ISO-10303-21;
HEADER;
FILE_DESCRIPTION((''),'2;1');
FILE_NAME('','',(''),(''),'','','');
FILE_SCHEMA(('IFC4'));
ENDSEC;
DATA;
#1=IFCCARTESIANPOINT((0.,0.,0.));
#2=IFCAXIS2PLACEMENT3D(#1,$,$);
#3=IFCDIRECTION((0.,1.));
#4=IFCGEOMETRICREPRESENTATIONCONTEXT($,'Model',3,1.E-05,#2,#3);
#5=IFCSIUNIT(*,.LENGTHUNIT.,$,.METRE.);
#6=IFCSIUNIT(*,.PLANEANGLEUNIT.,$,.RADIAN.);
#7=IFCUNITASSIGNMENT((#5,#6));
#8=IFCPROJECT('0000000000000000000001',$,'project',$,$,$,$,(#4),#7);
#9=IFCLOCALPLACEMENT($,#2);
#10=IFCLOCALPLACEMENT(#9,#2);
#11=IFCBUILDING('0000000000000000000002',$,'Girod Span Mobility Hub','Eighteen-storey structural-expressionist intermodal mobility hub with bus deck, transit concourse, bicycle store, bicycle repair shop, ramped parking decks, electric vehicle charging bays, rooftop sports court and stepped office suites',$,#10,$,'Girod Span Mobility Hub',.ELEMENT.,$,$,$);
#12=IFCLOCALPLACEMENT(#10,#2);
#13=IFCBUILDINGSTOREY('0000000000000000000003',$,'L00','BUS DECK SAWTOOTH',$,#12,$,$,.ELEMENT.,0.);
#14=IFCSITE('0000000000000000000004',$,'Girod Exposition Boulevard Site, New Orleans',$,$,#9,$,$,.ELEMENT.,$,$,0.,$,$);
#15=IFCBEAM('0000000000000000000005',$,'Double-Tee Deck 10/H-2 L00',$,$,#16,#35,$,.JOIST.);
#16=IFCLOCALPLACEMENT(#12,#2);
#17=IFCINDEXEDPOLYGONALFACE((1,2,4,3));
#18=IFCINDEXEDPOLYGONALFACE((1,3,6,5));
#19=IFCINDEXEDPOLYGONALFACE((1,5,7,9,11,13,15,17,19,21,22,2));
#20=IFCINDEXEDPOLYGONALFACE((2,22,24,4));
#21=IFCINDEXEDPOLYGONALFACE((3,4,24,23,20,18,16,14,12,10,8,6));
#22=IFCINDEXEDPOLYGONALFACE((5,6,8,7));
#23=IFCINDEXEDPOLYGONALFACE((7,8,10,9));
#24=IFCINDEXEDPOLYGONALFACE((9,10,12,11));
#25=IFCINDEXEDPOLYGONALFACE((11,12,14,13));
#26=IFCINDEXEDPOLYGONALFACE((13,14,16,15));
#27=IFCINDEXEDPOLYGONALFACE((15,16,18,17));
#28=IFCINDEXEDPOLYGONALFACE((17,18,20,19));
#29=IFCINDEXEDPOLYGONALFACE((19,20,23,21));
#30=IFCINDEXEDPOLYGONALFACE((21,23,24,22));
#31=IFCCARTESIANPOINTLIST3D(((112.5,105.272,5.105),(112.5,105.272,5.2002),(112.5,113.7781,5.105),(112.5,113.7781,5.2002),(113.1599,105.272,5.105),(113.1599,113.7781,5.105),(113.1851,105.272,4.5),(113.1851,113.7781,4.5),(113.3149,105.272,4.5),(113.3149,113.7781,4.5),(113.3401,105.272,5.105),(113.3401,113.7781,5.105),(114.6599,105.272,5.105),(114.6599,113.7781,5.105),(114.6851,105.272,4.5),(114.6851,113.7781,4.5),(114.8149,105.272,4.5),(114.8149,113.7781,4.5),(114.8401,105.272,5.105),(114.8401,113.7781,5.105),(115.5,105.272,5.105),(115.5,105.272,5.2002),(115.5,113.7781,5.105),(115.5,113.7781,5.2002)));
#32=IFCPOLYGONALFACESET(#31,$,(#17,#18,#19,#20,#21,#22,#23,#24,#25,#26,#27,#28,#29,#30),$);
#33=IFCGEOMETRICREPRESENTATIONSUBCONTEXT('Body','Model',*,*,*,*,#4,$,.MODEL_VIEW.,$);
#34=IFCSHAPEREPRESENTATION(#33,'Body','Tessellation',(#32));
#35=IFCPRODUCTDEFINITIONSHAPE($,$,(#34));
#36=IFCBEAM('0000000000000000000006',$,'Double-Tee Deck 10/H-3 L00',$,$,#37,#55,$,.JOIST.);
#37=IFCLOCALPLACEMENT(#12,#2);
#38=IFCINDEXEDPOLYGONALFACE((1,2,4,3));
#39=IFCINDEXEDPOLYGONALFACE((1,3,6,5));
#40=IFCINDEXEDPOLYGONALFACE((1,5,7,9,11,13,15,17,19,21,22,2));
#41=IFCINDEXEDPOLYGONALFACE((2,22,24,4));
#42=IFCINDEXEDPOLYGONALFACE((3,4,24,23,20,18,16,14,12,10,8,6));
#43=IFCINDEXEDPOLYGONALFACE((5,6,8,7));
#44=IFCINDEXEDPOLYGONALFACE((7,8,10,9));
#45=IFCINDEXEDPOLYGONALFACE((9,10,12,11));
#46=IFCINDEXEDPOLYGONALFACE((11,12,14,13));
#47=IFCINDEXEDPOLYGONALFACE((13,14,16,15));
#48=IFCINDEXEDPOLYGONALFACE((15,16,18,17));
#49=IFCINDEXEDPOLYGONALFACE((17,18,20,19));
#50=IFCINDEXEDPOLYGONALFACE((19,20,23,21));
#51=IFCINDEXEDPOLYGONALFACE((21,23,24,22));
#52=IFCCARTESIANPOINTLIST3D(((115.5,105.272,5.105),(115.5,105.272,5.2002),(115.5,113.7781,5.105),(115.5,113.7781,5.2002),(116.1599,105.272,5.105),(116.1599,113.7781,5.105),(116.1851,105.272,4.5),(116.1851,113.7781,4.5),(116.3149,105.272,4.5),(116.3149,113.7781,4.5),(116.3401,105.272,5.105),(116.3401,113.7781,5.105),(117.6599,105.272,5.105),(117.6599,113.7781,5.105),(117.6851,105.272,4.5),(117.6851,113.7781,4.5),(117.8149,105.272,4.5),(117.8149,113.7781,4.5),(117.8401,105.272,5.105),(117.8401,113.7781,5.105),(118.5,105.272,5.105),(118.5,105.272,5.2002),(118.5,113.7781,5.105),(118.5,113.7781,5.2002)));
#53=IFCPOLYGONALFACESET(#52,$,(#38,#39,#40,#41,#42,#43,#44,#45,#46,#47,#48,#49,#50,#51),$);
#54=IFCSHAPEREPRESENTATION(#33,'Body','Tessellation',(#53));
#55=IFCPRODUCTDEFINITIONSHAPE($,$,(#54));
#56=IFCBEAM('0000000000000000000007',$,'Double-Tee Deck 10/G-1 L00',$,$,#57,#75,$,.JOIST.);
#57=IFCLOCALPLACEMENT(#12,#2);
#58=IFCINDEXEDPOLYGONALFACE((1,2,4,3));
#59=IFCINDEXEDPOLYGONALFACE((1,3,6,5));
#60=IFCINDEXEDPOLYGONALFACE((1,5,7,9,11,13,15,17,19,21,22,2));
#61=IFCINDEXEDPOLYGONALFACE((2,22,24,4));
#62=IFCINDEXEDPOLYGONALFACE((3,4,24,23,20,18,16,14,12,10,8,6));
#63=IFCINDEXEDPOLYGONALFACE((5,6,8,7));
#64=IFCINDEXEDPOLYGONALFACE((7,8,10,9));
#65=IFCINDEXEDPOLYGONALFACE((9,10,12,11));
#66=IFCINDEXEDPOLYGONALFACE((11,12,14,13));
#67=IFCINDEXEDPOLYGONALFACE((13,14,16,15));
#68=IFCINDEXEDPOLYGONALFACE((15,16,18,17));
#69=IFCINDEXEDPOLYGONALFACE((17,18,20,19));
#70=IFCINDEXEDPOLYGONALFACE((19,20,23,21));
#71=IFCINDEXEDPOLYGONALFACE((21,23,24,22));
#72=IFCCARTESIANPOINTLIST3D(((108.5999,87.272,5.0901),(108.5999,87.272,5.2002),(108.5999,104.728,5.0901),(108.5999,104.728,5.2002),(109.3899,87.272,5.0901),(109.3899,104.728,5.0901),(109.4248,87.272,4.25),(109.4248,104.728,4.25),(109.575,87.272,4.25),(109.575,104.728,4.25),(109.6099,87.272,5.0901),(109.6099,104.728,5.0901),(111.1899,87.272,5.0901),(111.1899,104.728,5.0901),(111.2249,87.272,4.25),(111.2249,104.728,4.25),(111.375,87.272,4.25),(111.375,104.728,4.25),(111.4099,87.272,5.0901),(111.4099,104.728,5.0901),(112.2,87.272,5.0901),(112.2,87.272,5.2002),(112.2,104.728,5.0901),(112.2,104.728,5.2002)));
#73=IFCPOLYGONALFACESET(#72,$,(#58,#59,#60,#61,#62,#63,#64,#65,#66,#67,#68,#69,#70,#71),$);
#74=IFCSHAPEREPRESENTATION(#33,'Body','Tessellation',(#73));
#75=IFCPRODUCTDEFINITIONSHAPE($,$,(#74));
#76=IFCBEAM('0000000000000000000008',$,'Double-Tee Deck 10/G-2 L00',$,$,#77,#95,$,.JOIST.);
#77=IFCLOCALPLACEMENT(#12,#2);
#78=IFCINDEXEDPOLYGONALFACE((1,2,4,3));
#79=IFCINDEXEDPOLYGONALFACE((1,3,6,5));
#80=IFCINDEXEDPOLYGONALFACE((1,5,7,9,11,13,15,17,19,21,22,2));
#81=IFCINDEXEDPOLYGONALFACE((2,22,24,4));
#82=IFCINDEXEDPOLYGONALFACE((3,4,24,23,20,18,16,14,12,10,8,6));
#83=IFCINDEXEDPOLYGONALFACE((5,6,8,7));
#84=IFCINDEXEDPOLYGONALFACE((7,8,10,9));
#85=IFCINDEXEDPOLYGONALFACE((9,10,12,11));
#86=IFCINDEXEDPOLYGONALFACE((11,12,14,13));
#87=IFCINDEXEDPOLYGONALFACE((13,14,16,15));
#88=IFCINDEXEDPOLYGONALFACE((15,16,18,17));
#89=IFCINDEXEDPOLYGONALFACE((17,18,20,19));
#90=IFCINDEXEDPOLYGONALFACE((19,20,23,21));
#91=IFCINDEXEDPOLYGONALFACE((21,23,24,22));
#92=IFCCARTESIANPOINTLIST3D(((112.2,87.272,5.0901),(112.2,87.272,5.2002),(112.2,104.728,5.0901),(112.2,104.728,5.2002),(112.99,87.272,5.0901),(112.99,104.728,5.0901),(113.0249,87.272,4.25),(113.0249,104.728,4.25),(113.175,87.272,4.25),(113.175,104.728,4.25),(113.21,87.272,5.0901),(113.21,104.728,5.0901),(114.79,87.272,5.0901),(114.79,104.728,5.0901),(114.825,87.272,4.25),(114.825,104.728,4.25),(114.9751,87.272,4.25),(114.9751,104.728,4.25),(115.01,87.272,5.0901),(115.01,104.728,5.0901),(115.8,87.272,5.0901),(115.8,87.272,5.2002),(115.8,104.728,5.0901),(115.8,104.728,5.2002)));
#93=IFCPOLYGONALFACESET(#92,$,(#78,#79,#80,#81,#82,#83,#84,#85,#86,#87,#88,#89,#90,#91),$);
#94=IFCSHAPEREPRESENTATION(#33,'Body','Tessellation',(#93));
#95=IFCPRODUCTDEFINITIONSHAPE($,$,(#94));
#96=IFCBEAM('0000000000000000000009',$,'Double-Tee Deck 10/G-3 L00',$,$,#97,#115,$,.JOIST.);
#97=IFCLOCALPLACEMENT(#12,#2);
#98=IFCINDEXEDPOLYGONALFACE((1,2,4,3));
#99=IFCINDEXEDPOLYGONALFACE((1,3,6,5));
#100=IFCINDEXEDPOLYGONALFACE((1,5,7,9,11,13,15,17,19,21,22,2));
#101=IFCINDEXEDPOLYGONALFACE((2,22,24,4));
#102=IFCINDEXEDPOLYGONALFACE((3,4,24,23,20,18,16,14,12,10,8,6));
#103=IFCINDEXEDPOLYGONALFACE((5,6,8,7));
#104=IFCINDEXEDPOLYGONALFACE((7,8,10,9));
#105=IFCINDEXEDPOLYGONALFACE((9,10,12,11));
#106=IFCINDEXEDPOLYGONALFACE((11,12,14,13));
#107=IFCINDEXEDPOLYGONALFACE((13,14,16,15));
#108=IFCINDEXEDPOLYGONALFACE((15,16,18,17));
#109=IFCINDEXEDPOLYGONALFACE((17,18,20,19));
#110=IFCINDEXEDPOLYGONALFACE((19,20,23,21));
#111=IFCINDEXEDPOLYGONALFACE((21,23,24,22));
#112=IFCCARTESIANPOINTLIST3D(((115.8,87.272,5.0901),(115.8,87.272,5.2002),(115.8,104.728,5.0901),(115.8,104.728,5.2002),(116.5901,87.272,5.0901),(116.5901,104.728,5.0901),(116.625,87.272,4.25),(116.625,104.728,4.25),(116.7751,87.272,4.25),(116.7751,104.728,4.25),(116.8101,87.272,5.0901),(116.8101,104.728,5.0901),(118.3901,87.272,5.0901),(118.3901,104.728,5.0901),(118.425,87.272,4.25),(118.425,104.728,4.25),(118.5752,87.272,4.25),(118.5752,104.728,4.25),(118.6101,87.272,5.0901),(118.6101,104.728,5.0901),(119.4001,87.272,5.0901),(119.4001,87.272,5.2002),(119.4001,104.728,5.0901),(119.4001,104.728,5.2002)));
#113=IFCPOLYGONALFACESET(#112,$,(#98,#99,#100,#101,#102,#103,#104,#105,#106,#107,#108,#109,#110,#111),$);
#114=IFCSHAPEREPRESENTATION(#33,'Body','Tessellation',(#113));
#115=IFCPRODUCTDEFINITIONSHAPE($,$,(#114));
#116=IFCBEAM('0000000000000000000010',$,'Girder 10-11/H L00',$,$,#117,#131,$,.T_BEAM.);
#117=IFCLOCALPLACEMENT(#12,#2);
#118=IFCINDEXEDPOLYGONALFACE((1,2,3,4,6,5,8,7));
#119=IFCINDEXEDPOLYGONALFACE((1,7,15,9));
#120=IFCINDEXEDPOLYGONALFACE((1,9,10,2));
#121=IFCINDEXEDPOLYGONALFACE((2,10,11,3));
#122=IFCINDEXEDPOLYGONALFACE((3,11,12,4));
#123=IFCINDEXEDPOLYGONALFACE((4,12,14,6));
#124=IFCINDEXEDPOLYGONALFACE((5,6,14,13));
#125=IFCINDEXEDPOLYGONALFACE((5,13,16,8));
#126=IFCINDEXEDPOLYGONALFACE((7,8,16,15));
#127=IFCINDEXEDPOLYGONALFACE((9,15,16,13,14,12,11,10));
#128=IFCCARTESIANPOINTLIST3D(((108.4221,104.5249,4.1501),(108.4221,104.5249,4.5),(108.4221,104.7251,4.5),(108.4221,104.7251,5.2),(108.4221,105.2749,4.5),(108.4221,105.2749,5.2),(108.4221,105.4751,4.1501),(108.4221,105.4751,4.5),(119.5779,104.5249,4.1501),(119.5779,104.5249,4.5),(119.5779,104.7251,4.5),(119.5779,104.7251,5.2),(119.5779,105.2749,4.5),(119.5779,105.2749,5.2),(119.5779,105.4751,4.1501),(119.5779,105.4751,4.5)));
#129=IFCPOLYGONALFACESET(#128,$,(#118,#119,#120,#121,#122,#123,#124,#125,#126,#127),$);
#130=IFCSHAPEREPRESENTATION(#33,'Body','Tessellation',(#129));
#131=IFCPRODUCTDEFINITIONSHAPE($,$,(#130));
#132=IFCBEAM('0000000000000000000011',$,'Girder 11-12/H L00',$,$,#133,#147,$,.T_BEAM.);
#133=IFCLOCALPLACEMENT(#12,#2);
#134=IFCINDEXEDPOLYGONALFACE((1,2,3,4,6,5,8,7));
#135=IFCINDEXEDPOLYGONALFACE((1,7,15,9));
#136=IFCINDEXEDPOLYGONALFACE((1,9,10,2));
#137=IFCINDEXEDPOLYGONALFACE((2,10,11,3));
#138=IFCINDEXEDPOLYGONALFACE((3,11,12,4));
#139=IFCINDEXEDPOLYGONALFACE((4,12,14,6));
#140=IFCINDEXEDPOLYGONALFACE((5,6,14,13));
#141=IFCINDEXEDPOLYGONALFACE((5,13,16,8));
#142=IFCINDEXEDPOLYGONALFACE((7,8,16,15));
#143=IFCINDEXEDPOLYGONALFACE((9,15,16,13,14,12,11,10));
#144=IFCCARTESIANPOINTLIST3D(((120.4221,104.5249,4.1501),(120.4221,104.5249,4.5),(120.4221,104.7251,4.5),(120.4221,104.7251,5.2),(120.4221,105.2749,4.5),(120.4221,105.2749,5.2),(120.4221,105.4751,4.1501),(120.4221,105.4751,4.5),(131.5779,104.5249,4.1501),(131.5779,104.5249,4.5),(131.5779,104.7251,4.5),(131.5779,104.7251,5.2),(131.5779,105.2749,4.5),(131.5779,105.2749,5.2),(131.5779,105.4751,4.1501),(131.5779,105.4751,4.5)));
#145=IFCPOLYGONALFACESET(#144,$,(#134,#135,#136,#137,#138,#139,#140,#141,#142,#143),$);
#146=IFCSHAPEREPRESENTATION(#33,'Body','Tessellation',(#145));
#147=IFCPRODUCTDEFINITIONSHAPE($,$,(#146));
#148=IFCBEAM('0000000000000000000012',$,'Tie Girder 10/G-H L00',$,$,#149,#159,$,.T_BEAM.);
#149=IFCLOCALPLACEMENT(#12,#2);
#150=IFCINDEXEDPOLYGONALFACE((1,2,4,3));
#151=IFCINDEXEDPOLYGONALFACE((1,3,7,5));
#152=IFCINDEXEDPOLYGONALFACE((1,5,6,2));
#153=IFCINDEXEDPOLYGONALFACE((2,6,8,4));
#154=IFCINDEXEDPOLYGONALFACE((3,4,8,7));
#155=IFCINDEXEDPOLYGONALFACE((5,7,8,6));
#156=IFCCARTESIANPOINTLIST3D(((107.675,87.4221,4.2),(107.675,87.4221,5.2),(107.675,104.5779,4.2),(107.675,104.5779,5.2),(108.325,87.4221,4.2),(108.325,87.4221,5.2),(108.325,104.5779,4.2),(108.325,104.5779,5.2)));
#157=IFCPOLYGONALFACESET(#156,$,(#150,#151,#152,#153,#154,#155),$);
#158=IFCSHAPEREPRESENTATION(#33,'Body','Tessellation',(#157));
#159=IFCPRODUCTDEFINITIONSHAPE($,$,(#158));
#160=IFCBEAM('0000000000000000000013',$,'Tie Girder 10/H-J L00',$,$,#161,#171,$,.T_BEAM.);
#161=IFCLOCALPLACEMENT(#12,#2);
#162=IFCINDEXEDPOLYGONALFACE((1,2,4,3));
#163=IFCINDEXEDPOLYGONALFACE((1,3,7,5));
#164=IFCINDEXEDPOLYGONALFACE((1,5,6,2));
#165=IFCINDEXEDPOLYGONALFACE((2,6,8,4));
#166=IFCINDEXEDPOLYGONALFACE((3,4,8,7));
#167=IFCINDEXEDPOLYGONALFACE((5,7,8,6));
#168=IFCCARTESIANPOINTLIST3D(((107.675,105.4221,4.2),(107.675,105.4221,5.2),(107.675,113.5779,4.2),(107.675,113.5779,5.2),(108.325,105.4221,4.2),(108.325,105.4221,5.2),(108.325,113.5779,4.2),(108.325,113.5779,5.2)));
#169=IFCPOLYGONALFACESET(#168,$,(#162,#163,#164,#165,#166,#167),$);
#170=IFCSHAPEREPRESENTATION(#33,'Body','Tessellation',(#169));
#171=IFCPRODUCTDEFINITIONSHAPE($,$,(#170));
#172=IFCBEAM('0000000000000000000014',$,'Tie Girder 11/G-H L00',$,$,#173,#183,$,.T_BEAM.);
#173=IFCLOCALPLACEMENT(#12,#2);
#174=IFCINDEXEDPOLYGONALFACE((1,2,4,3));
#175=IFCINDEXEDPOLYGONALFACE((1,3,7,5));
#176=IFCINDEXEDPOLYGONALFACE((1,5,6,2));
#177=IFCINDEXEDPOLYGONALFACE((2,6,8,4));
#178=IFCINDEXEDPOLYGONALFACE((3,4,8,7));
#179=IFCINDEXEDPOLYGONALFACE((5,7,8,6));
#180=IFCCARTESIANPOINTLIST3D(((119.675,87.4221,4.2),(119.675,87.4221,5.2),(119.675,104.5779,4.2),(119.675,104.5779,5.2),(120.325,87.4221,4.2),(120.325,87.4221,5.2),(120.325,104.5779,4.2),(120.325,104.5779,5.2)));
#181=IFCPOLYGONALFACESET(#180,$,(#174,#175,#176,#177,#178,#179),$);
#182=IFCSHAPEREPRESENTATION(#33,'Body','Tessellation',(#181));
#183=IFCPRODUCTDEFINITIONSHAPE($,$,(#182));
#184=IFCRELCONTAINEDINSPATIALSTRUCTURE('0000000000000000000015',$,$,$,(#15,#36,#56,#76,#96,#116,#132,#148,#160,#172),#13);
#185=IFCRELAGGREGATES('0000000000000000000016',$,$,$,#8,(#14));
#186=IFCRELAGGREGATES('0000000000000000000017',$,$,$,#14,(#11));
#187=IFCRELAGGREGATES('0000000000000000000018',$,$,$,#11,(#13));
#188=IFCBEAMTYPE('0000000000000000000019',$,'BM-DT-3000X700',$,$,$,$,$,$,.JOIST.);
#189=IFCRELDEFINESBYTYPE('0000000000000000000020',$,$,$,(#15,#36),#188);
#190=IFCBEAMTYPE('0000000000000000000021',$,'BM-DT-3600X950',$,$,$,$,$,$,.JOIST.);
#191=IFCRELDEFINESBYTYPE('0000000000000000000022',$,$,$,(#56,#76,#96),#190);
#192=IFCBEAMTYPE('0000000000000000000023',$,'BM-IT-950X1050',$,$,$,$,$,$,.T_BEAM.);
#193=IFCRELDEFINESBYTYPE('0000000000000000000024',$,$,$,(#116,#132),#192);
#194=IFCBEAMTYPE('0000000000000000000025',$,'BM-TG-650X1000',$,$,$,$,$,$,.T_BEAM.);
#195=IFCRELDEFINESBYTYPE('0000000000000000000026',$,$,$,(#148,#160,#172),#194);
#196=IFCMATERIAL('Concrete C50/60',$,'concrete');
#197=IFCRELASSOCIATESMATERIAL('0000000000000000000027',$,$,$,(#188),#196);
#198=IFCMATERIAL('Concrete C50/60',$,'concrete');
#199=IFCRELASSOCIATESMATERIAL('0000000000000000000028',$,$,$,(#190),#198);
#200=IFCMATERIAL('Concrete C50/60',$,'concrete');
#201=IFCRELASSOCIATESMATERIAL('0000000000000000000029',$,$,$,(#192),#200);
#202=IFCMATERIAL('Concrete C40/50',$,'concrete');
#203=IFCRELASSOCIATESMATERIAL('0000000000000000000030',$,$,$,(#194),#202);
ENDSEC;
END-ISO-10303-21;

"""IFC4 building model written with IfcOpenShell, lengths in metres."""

from ifc_helpers import new_model, si_unit, direction, frame, origin, origin_2d, place, context, subcontext, project, spatial, polyline, rectangle, outline, extrude, material, material_profile, profile_set, type_object, element, save


model = new_model("IFC4")

# Units and contexts
model_context = context("Model", 3, precision=1e-05, world=origin(), true_north=direction((0.0, 1.0)))
body_context = subcontext(model_context, "Body", "Model", "MODEL_VIEW")
ifc_project = project(units=[si_unit("LENGTHUNIT", "METRE"), si_unit("PLANEANGLEUNIT", "RADIAN")], contexts=[model_context])

# Site, building, storey
site_placement = place(None, origin())
site = spatial("IfcSite", under=ifc_project, at=site_placement, Name="Girod Exposition Boulevard Site, New Orleans", CompositionType="ELEMENT", RefElevation=0.0)
building_placement = place(site_placement, origin())
building = spatial("IfcBuilding", under=site, at=building_placement, Name="Girod Span Mobility Hub", Description="Eighteen-storey structural-expressionist intermodal mobility hub with bus deck, transit concourse, bicycle store, bicycle repair shop, ramped parking decks, electric vehicle charging bays, rooftop sports court and stepped office suites", LongName="Girod Span Mobility Hub", CompositionType="ELEMENT")
storey_placement = place(building_placement, origin())
storey = spatial("IfcBuildingStorey", under=building, at=storey_placement, Name="L00", Description="BUS DECK SAWTOOTH", CompositionType="ELEMENT", Elevation=0.0)

# Beams
ifc_material_1 = material(Name="Concrete C50/60", Category="concrete")
ifc_material_profile_1 = material_profile(ifc_material_1, outline(polyline([(-1.5, 0.3501), (-1.5, 0.2549), (-0.8401, 0.2549), (-0.8149, -0.3501), (-0.6851, -0.3501), (-0.6599, 0.2549), (0.6599, 0.2549), (0.6851, -0.3501), (0.8149, -0.3501), (0.8401, 0.2549), (1.5, 0.2549), (1.5, 0.3501), (-1.5, 0.3501)])), Name="DT-3000X700")
ifc_profile_set_1 = profile_set([ifc_material_profile_1], Name="Concrete C50/60")
beam_type_1 = type_object("IfcBeamType", Name="BM-DT-3000X700", PredefinedType="JOIST", material=ifc_profile_set_1)
for number, where, z_axis, x_axis, name in (
    (1, (114.0, 105.272, 4.8501), (0.0, 1.0, 0.0), (-1.0, 0.0, 0.0), "Double-Tee Deck 10/H-2 L00"),
    (2, (117.0, 105.272, 4.8501), (0.0, 1.0, 0.0), (-1.0, 0.0, 0.0), "Double-Tee Deck 10/H-3 L00"),
):
    element("IfcBeam", number, at=place(storey_placement, frame(where, z_axis=z_axis, x_axis=x_axis)), inside=storey, type_object=beam_type_1, Name=name, PredefinedType="JOIST", context=body_context, shape_type="SweptSolid", body=[
        extrude(outline(polyline([(-1.5, 0.3501), (-1.5, 0.2549), (-0.8401, 0.2549), (-0.8149, -0.3501), (-0.6851, -0.3501), (-0.6599, 0.2549), (0.6599, 0.2549), (0.6851, -0.3501), (0.8149, -0.3501), (0.8401, 0.2549), (1.5, 0.2549), (1.5, 0.3501), (-1.5, 0.3501)])), origin(), (0.0, 0.0, 1.0), 8.5061),
    ])
ifc_material_2 = material(Name="Concrete C50/60", Category="concrete")
ifc_material_profile_2 = material_profile(ifc_material_2, outline(polyline([(-1.8, 0.4751), (-1.8, 0.365), (-1.01, 0.365), (-0.9751, -0.4751), (-0.825, -0.4751), (-0.79, 0.365), (0.79, 0.365), (0.825, -0.4751), (0.9751, -0.4751), (1.01, 0.365), (1.8, 0.365), (1.8, 0.4751), (-1.8, 0.4751)])), Name="DT-3600X950")
ifc_profile_set_2 = profile_set([ifc_material_profile_2], Name="Concrete C50/60")
beam_type_2 = type_object("IfcBeamType", Name="BM-DT-3600X950", PredefinedType="JOIST", material=ifc_profile_set_2)
for number, where, z_axis, x_axis, name in (
    (3, (110.3999, 87.272, 4.7251), (0.0, 1.0, 0.0), (-1.0, 0.0, 0.0), "Double-Tee Deck 10/G-1 L00"),
    (4, (114.0, 87.272, 4.7251), (0.0, 1.0, 0.0), (-1.0, 0.0, 0.0), "Double-Tee Deck 10/G-2 L00"),
    (5, (117.6001, 87.272, 4.7251), (0.0, 1.0, 0.0), (-1.0, 0.0, 0.0), "Double-Tee Deck 10/G-3 L00"),
):
    element("IfcBeam", number, at=place(storey_placement, frame(where, z_axis=z_axis, x_axis=x_axis)), inside=storey, type_object=beam_type_2, Name=name, PredefinedType="JOIST", context=body_context, shape_type="SweptSolid", body=[
        extrude(outline(polyline([(-1.8, 0.4751), (-1.8, 0.365), (-1.01, 0.365), (-0.9751, -0.4751), (-0.825, -0.4751), (-0.79, 0.365), (0.79, 0.365), (0.825, -0.4751), (0.9751, -0.4751), (1.01, 0.365), (1.8, 0.365), (1.8, 0.4751), (-1.8, 0.4751)])), origin(), (0.0, 0.0, 1.0), 17.4561),
    ])
ifc_material_3 = material(Name="Concrete C50/60", Category="concrete")
ifc_material_profile_3 = material_profile(ifc_material_3, outline(polyline([(-0.4751, -0.5249), (0.4751, -0.5249), (0.4751, -0.175), (0.2749, -0.175), (0.2749, 0.5249), (-0.2749, 0.5249), (-0.2749, -0.175), (-0.4751, -0.175), (-0.4751, -0.5249)])), Name="IT-950X1050")
ifc_profile_set_3 = profile_set([ifc_material_profile_3], Name="Concrete C50/60")
beam_type_3 = type_object("IfcBeamType", Name="BM-IT-950X1050", PredefinedType="T_BEAM", material=ifc_profile_set_3)
for number, where, z_axis, x_axis, name in (
    (6, (108.4221, 105.0, 4.675), (1.0, 0.0, 0.0), (0.0, 1.0, 0.0), "Girder 10-11/H L00"),
    (7, (120.4221, 105.0, 4.675), (1.0, 0.0, 0.0), (0.0, 1.0, 0.0), "Girder 11-12/H L00"),
):
    element("IfcBeam", number, at=place(storey_placement, frame(where, z_axis=z_axis, x_axis=x_axis)), inside=storey, type_object=beam_type_3, Name=name, PredefinedType="T_BEAM", context=body_context, shape_type="SweptSolid", body=[
        extrude(outline(polyline([(-0.4751, -0.5249), (0.4751, -0.5249), (0.4751, -0.175), (0.2749, -0.175), (0.2749, 0.5249), (-0.2749, 0.5249), (-0.2749, -0.175), (-0.4751, -0.175), (-0.4751, -0.5249)])), origin(), (0.0, 0.0, 1.0), 11.1558),
    ])
ifc_material_4 = material(Name="Concrete C40/50", Category="concrete")
ifc_material_profile_4 = material_profile(ifc_material_4, rectangle(XDim=0.6499, YDim=1.0, at=origin_2d()), Name="TG-650X1000")
ifc_profile_set_4 = profile_set([ifc_material_profile_4], Name="Concrete C40/50")
beam_type_4 = type_object("IfcBeamType", Name="BM-TG-650X1000", PredefinedType="T_BEAM", material=ifc_profile_set_4)
beam_1_placement = place(storey_placement, frame((108.0, 87.4221, 4.7), z_axis=(0.0, 1.0, 0.0), x_axis=(-1.0, 0.0, 0.0)))
element("IfcBeam", 8, at=beam_1_placement, inside=storey, type_object=beam_type_4, Name="Tie Girder 10/G-H L00", PredefinedType="T_BEAM", context=body_context, shape_type="SweptSolid", body=[
    extrude(rectangle(XDim=0.6499, YDim=1.0, at=origin_2d()), origin(), (0.0, 0.0, 1.0), 17.1558),
])
beam_2_placement = place(storey_placement, frame((108.0, 105.4221, 4.7), z_axis=(0.0, 1.0, 0.0), x_axis=(-1.0, 0.0, 0.0)))
element("IfcBeam", 9, at=beam_2_placement, inside=storey, type_object=beam_type_4, Name="Tie Girder 10/H-J L00", PredefinedType="T_BEAM", context=body_context, shape_type="SweptSolid", body=[
    extrude(rectangle(XDim=0.6499, YDim=1.0, at=origin_2d()), origin(), (0.0, 0.0, 1.0), 8.1558),
])
beam_3_placement = place(storey_placement, frame((120.0, 87.4221, 4.7), z_axis=(0.0, 1.0, 0.0), x_axis=(-1.0, 0.0, 0.0)))
element("IfcBeam", 10, at=beam_3_placement, inside=storey, type_object=beam_type_4, Name="Tie Girder 11/G-H L00", PredefinedType="T_BEAM", context=body_context, shape_type="SweptSolid", body=[
    extrude(rectangle(XDim=0.6499, YDim=1.0, at=origin_2d()), origin(), (0.0, 0.0, 1.0), 17.1558),
])

save(model, "model.ifc")
